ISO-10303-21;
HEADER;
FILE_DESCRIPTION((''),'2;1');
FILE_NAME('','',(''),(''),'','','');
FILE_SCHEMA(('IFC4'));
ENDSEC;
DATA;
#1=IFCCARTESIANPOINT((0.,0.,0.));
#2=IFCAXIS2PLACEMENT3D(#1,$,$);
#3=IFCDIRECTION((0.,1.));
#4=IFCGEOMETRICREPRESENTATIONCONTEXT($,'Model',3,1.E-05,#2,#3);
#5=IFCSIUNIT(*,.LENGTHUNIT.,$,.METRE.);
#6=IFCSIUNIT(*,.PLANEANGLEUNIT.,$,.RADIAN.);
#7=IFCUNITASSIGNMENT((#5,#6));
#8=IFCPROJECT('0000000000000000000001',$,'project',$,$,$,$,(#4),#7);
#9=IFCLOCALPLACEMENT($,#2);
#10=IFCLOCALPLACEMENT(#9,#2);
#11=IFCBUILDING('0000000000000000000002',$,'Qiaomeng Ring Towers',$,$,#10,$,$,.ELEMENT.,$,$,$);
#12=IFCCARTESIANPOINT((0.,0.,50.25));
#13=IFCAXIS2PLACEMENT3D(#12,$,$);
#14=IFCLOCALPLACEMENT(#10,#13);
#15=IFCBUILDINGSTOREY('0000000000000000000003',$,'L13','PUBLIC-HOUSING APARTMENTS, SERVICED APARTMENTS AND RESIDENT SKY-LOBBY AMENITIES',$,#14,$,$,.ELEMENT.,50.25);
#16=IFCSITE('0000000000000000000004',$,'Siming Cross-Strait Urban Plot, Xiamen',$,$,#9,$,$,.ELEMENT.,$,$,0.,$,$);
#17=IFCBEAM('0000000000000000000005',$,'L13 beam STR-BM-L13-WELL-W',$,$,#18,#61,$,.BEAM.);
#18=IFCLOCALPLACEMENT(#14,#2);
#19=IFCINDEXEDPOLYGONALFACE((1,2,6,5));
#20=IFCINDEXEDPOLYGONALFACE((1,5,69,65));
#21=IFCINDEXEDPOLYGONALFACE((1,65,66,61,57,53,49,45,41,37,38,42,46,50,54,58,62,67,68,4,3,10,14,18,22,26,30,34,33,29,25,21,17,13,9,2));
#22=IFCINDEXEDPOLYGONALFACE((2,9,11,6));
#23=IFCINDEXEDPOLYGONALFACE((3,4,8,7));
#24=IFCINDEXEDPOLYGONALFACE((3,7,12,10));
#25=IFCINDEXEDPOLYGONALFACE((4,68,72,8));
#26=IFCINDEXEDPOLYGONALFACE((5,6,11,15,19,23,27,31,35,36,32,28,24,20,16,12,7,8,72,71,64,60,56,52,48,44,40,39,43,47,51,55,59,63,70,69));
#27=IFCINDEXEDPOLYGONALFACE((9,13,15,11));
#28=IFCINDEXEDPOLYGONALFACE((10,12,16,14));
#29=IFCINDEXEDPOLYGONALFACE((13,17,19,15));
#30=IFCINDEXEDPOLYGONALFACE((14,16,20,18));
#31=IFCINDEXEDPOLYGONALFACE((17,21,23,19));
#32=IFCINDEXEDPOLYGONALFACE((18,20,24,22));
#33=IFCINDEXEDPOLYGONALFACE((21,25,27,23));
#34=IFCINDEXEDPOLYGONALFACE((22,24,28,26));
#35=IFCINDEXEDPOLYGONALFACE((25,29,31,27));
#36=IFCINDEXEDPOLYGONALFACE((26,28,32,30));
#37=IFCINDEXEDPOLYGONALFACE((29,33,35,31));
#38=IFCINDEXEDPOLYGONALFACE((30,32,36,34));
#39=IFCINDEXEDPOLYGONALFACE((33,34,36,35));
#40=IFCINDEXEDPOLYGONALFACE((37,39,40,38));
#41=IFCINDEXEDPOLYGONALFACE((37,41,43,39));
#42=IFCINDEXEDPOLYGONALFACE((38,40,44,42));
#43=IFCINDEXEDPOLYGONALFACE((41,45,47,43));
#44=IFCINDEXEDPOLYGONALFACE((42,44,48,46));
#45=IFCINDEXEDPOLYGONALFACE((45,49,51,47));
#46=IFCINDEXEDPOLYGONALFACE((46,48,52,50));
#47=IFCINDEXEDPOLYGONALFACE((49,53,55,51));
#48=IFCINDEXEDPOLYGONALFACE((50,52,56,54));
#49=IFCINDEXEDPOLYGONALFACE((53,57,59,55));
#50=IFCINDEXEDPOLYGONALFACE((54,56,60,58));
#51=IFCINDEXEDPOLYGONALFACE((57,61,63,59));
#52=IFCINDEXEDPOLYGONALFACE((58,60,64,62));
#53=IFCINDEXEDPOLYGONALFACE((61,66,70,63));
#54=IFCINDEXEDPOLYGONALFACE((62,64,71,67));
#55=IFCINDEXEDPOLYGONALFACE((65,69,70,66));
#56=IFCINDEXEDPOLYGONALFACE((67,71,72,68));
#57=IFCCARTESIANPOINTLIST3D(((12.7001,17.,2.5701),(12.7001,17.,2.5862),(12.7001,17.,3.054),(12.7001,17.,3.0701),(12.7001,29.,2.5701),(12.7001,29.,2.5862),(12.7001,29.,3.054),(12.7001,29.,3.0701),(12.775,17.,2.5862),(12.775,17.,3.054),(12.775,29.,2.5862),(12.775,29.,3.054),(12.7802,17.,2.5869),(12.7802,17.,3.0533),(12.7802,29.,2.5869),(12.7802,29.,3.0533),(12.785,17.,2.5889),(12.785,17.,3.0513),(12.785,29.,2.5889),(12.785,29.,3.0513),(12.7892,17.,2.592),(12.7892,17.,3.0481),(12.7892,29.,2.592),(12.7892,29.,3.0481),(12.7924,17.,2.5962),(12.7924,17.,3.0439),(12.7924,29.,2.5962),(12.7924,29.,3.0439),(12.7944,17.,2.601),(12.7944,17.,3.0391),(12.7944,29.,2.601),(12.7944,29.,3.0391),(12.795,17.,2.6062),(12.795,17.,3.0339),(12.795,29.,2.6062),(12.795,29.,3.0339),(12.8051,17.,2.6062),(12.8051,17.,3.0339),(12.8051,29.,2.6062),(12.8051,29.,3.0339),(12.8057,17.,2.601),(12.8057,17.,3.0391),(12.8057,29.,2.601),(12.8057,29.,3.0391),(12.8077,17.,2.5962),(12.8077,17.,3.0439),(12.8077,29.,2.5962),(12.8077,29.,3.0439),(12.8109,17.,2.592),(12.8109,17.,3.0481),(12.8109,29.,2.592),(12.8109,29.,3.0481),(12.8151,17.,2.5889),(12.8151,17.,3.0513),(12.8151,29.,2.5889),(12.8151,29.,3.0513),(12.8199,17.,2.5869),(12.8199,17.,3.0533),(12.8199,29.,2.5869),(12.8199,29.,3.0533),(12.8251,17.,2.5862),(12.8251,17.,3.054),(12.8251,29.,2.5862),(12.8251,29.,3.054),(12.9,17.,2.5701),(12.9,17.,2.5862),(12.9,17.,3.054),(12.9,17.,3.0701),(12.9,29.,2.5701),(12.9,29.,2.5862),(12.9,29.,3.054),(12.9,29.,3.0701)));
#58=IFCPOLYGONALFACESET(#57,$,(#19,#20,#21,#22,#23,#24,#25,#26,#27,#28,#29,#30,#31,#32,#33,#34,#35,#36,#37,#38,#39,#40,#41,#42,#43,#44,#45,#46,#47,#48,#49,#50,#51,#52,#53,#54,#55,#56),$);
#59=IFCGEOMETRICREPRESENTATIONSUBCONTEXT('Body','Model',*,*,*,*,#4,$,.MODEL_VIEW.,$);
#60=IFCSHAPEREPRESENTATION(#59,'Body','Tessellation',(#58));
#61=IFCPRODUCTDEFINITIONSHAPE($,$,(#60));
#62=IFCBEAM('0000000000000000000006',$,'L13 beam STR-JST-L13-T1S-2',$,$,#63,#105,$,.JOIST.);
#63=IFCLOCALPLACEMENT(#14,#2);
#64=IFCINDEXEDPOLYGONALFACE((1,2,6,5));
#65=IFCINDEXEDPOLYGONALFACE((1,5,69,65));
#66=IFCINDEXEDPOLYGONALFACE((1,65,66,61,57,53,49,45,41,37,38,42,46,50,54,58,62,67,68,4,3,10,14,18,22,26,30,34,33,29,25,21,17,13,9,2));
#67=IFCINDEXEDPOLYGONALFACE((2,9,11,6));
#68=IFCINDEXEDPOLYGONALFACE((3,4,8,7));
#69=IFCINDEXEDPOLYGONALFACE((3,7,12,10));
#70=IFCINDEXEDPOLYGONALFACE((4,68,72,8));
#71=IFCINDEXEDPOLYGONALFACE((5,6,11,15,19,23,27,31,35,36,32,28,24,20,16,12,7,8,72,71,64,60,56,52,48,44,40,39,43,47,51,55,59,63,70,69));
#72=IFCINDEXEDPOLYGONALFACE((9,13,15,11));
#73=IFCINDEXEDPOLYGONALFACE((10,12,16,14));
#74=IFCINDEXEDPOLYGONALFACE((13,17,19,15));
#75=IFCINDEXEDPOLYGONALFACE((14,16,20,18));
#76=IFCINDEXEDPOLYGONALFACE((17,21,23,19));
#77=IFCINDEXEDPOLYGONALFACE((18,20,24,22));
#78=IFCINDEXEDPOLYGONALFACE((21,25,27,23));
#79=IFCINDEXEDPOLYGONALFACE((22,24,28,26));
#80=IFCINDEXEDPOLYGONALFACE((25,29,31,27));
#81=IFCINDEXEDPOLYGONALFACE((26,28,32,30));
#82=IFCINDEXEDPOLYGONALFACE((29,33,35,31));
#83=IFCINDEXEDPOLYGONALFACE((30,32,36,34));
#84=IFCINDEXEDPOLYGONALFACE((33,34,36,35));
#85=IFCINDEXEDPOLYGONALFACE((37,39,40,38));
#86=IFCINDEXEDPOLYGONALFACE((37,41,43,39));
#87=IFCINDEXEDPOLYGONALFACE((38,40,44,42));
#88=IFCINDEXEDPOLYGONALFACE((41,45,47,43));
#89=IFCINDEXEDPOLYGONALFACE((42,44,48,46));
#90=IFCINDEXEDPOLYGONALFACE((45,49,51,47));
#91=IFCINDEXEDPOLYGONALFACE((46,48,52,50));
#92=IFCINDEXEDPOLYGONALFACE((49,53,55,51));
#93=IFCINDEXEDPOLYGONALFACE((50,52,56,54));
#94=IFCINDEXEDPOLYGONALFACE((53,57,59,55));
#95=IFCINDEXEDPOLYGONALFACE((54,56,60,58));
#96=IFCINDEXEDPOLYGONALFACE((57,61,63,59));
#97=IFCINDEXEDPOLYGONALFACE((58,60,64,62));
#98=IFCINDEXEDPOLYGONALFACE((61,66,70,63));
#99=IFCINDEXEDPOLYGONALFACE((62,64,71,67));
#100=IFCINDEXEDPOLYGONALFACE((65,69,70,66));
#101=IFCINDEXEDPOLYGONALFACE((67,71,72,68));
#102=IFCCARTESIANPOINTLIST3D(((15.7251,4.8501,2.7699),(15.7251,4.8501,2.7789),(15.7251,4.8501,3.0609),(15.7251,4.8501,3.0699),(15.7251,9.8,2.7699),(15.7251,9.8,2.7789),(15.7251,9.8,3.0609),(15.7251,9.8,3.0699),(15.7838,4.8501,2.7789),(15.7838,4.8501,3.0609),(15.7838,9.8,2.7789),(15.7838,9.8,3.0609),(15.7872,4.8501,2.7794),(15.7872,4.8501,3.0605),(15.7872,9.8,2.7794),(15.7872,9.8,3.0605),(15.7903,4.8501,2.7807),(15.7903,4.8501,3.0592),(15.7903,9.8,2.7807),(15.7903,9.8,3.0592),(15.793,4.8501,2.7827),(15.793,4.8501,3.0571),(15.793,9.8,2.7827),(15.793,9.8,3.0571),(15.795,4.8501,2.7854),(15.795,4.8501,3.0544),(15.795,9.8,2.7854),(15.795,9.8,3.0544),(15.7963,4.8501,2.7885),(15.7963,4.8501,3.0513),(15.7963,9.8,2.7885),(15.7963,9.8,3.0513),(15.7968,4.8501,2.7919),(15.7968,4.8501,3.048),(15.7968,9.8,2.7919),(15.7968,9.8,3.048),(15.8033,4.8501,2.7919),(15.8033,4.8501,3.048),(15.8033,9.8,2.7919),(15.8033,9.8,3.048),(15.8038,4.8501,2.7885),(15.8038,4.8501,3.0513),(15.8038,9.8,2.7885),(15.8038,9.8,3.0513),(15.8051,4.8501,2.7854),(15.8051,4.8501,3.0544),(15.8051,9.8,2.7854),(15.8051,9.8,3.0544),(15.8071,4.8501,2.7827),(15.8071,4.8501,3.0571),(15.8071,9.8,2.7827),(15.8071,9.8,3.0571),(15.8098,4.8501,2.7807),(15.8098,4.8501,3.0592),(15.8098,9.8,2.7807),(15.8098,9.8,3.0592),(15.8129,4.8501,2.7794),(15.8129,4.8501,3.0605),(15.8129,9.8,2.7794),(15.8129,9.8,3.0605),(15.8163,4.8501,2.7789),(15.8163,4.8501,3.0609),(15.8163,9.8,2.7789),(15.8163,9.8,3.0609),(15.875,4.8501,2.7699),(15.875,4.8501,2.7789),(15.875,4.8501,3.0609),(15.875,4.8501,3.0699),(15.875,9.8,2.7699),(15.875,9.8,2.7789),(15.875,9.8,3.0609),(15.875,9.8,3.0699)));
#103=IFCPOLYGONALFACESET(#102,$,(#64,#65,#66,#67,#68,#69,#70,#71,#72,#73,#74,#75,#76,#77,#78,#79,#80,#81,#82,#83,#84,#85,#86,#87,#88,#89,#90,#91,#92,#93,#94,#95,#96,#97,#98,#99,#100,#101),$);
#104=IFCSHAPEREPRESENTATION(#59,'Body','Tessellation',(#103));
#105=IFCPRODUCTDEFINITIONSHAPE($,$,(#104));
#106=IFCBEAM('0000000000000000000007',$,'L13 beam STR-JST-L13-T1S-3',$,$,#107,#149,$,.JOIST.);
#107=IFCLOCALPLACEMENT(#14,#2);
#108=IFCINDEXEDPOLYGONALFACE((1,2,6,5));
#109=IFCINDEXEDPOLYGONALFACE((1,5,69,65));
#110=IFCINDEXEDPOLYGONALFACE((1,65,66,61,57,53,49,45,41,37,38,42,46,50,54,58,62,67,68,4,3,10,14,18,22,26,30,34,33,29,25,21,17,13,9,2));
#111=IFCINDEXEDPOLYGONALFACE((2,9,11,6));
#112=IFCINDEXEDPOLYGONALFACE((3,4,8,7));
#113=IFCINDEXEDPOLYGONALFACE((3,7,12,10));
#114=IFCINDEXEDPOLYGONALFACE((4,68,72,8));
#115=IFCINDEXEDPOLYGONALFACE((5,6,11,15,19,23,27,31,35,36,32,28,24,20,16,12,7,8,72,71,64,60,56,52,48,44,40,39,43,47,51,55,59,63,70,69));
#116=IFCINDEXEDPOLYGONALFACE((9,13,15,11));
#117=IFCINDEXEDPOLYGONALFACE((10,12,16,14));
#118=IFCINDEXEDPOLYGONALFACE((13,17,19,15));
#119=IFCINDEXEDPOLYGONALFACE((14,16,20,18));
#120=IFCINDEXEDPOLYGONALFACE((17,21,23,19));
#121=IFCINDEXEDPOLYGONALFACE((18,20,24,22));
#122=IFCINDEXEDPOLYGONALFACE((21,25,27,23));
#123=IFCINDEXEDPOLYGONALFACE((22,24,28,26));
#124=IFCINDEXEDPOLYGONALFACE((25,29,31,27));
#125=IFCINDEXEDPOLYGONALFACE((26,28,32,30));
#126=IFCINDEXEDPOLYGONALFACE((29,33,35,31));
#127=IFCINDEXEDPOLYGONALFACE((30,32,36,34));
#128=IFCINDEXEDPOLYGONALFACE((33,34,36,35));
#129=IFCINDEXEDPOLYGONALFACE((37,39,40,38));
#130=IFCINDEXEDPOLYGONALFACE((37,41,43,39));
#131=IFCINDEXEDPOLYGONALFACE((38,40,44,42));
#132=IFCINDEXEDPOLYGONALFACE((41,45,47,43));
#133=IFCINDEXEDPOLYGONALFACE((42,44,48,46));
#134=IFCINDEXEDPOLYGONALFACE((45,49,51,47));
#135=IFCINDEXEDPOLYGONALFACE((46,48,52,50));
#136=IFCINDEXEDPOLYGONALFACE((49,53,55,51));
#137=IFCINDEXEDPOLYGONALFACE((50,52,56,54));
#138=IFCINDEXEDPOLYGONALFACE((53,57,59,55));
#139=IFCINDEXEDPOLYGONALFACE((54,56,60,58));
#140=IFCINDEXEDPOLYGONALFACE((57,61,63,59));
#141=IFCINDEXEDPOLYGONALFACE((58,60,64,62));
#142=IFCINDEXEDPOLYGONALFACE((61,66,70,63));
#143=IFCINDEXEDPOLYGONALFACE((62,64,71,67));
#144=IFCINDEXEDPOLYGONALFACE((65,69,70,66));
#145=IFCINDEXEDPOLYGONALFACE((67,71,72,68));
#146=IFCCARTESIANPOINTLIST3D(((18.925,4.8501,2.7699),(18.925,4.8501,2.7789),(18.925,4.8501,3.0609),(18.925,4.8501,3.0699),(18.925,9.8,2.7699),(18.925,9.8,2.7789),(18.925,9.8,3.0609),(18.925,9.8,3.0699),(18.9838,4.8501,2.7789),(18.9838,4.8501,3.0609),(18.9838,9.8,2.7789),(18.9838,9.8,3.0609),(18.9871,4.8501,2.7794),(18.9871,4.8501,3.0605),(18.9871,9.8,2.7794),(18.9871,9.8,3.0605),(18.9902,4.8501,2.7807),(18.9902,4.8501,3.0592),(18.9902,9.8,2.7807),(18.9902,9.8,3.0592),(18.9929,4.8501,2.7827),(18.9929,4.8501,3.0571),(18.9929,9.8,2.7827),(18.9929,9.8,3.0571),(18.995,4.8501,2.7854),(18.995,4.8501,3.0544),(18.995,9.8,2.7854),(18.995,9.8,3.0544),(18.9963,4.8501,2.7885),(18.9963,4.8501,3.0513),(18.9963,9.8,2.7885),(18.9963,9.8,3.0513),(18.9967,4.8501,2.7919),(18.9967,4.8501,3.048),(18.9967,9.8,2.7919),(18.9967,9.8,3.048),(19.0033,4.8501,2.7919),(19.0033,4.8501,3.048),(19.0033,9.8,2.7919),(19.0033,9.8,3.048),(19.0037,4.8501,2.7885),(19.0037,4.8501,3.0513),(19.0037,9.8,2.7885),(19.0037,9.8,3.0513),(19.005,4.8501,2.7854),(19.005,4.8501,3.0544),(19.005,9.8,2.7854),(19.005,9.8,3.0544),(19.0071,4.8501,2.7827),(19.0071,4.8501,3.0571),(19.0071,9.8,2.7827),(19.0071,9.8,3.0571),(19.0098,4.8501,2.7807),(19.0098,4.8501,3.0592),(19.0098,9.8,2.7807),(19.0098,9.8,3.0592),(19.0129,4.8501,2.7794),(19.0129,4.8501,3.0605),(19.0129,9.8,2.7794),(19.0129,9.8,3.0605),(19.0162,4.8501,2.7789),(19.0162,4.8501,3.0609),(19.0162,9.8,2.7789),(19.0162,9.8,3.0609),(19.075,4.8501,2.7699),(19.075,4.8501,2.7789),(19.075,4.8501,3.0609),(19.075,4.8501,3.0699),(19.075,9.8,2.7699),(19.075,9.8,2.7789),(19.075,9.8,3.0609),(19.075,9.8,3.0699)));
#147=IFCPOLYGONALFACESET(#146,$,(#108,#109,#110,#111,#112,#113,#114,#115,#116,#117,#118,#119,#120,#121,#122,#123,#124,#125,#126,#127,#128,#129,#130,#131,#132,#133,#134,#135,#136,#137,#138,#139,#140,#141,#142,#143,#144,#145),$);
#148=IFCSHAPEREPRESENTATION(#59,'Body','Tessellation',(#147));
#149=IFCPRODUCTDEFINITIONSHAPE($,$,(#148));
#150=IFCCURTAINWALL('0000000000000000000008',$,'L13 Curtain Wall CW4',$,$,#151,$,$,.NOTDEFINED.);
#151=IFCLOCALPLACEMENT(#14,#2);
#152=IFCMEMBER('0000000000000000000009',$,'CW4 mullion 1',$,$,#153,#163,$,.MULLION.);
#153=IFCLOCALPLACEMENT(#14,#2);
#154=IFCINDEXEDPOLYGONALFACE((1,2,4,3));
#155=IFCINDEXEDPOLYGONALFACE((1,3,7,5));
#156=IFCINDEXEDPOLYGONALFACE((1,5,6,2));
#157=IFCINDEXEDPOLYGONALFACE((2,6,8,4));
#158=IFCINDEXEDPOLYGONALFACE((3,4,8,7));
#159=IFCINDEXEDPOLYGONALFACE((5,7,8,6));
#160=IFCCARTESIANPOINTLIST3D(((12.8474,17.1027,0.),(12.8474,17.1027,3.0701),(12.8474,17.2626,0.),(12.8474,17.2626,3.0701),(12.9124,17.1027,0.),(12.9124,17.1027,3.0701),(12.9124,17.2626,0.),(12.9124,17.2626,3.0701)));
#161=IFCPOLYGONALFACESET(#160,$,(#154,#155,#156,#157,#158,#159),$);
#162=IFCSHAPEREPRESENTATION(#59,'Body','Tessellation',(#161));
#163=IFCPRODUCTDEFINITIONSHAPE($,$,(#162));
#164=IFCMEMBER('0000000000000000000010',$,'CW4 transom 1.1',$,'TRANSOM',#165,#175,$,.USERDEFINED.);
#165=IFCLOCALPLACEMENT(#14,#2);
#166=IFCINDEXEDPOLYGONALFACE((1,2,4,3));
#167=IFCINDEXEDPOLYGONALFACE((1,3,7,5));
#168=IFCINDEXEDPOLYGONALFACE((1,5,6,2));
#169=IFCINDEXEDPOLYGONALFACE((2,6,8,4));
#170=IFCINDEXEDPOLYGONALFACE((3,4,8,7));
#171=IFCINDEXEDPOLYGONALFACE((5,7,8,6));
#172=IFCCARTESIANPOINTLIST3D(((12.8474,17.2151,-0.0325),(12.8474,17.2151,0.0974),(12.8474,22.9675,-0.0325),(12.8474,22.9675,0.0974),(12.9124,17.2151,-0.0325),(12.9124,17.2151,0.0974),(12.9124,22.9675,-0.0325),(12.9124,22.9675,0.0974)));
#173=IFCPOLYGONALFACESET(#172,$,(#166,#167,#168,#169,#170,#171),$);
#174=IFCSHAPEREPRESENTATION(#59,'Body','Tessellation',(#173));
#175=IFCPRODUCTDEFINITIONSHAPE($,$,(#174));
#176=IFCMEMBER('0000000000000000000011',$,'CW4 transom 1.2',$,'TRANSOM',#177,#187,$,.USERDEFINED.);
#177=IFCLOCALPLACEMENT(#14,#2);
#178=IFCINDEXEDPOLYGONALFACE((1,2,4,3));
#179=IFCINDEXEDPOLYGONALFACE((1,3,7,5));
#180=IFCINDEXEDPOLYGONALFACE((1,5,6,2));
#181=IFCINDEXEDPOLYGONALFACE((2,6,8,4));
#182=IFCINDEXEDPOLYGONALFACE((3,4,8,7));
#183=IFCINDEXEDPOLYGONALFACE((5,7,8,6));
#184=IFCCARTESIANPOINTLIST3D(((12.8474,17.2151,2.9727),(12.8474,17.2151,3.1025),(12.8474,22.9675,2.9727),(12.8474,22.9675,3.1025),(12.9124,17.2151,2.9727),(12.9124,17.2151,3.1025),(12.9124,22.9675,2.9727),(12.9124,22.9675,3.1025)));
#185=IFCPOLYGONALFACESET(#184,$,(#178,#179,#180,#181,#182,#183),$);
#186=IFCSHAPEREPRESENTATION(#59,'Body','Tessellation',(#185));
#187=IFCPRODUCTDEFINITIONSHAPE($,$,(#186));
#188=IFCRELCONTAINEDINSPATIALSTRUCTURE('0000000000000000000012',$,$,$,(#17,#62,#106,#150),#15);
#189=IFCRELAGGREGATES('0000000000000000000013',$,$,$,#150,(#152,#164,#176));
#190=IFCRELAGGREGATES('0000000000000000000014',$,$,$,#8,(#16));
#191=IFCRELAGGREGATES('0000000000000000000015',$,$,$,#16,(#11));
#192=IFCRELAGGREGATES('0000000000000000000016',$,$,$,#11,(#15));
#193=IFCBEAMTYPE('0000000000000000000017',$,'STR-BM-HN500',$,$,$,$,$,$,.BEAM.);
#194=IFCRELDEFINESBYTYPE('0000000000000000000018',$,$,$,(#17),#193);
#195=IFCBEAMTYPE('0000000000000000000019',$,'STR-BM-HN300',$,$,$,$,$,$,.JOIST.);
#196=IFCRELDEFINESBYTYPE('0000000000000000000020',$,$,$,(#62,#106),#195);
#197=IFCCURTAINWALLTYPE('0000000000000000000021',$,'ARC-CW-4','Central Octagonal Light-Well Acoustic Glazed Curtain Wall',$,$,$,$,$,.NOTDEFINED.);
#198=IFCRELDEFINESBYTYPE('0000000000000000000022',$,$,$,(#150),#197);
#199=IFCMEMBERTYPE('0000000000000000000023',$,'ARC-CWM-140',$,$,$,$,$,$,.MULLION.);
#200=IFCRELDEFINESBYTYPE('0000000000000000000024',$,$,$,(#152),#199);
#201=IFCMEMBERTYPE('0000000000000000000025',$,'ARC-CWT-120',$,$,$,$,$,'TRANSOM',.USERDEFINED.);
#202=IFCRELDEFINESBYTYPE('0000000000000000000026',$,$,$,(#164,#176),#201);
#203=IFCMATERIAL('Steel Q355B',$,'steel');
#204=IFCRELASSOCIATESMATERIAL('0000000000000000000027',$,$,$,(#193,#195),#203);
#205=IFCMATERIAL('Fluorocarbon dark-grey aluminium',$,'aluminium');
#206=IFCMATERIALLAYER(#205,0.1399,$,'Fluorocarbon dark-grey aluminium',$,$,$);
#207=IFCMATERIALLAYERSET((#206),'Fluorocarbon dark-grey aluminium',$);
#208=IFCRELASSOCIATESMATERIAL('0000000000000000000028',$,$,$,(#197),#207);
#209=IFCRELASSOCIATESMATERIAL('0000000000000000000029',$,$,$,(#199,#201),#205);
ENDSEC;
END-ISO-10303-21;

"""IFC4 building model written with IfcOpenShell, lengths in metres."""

from ifc_helpers import new_model, si_unit, direction, frame, origin, origin_2d, place, context, subcontext, project, spatial, rectangle, i_section, extrude, source, transform, mapped, material, layer, layer_set, material_profile, profile_set, type_object, element, aggregate, save


model = new_model("IFC4")

# Units and contexts
model_context = context("Model", 3, precision=1e-05, world=origin(), true_north=direction((0.0, 1.0)))
body_context = subcontext(model_context, "Body", "Model", "MODEL_VIEW")
ifc_project = project(units=[si_unit("LENGTHUNIT", "METRE"), si_unit("PLANEANGLEUNIT", "RADIAN")], contexts=[model_context])

# Site, building, storey
site_placement = place(None, origin())
site = spatial("IfcSite", under=ifc_project, at=site_placement, Name="Siming Cross-Strait Urban Plot, Xiamen", CompositionType="ELEMENT", RefElevation=0.0)
building_placement = place(site_placement, origin())
building = spatial("IfcBuilding", under=site, at=building_placement, Name="Qiaomeng Ring Towers", CompositionType="ELEMENT")
storey_placement = place(building_placement, frame((0.0, 0.0, 50.25)))
storey = spatial("IfcBuildingStorey", under=building, at=storey_placement, Name="L13", Description="PUBLIC-HOUSING APARTMENTS, SERVICED APARTMENTS AND RESIDENT SKY-LOBBY AMENITIES", CompositionType="ELEMENT", Elevation=50.25)

# Beams
ifc_material_1 = material(Name="Steel Q355B", Category="steel")
ifc_material_profile_1 = material_profile(ifc_material_1, i_section(OverallWidth=0.2, OverallDepth=0.5, WebThickness=0.01, FlangeThickness=0.0161, FilletRadius=0.02, at=origin_2d()), Name="HN 500x200x10x16")
ifc_profile_set_1 = profile_set([ifc_material_profile_1], Name="Steel Q355B")
beam_type_1 = type_object("IfcBeamType", Name="STR-BM-HN500", PredefinedType="BEAM", material=ifc_profile_set_1)
shared_shape_1 = source(origin(), body_context, "Body", "SweptSolid", [
    extrude(i_section(OverallWidth=0.2, OverallDepth=0.5, WebThickness=0.01, FlangeThickness=0.0161, FilletRadius=0.02, at=origin_2d()), origin(), (0.0, 0.0, 1.0), 12.0),
])
beam_placement = place(storey_placement, frame((12.8, 17.0, 2.8201), z_axis=(0.0, 1.0, 0.0), x_axis=(-1.0, 0.0, 0.0)))
element("IfcBeam", 1, at=beam_placement, inside=storey, type_object=beam_type_1, Name="L13 beam STR-BM-L13-WELL-W", PredefinedType="BEAM", context=body_context, shape_type="MappedRepresentation", body=[
    mapped(shared_shape_1, transform((0.0, 0.0, 0.0), x_axis=(1.0, 0.0, 0.0), y_axis=(0.0, 1.0, 0.0), z_axis=(0.0, 0.0, 1.0), scale=1.0)),
])
ifc_material_profile_2 = material_profile(ifc_material_1, i_section(OverallWidth=0.1499, OverallDepth=0.3, WebThickness=0.0066, FlangeThickness=0.009, FilletRadius=0.0129, at=origin_2d()), Name="HN 300x150x6.5x9")
ifc_profile_set_2 = profile_set([ifc_material_profile_2], Name="Steel Q355B")
beam_type_2 = type_object("IfcBeamType", Name="STR-BM-HN300", PredefinedType="JOIST", material=ifc_profile_set_2)
shared_shape_2 = source(origin(), body_context, "Body", "SweptSolid", [
    extrude(i_section(OverallWidth=0.1499, OverallDepth=0.3, WebThickness=0.0066, FlangeThickness=0.009, FilletRadius=0.0129, at=origin_2d()), origin(), (0.0, 0.0, 1.0), 4.95),
])
for number, where, z_axis, x_axis, name in (
    (2, (15.8, 4.8501, 2.9199), (0.0, 1.0, 0.0), (-1.0, 0.0, 0.0), "L13 beam STR-JST-L13-T1S-2"),
    (3, (19.0, 4.8501, 2.9199), (0.0, 1.0, 0.0), (-1.0, 0.0, 0.0), "L13 beam STR-JST-L13-T1S-3"),
):
    element("IfcBeam", number, at=place(storey_placement, frame(where, z_axis=z_axis, x_axis=x_axis)), inside=storey, type_object=beam_type_2, Name=name, PredefinedType="JOIST", context=body_context, shape_type="MappedRepresentation", body=[
        mapped(shared_shape_2, transform((0.0, 0.0, 0.0), x_axis=(1.0, 0.0, 0.0), y_axis=(0.0, 1.0, 0.0), z_axis=(0.0, 0.0, 1.0), scale=1.0)),
    ])

# Curtain wall, members
ifc_material_2 = material(Name="Fluorocarbon dark-grey aluminium", Category="aluminium")
ifc_layer_1 = layer(ifc_material_2, 0.1399, Name="Fluorocarbon dark-grey aluminium")
ifc_layer_set_1 = layer_set([ifc_layer_1], Name="Fluorocarbon dark-grey aluminium")
curtain_wall_type = type_object("IfcCurtainWallType", Name="ARC-CW-4", Description="Central Octagonal Light-Well Acoustic Glazed Curtain Wall", PredefinedType="NOTDEFINED", material=ifc_layer_set_1)
curtain_wall_placement = place(storey_placement, origin())
curtain_wall = element("IfcCurtainWall", 4, at=curtain_wall_placement, inside=storey, type_object=curtain_wall_type, Name="L13 Curtain Wall CW4", PredefinedType="NOTDEFINED")
ifc_material_profile_3 = material_profile(ifc_material_2, rectangle(XDim=0.0649, YDim=0.1599, at=origin_2d()), Name="ALU MULL 65x160")
ifc_profile_set_3 = profile_set([ifc_material_profile_3], Name="Fluorocarbon dark-grey aluminium")
member_type_1 = type_object("IfcMemberType", Name="ARC-CWM-140", PredefinedType="MULLION", material=ifc_profile_set_3)
shared_shape_3 = source(origin(), body_context, "Body", "SweptSolid", [
    extrude(rectangle(XDim=0.0649, YDim=0.1599, at=origin_2d()), origin(), (0.0, 0.0, 1.0), 3.0701),
])
member_1_placement = place(storey_placement, frame((12.8799, 17.1826, 0.0), z_axis=(0.0, 0.0, 1.0), x_axis=(-1.0, 0.0, 0.0)))
member_1 = element("IfcMember", 5, at=member_1_placement, type_object=member_type_1, Name="CW4 mullion 1", PredefinedType="MULLION", context=body_context, shape_type="MappedRepresentation", body=[
    mapped(shared_shape_3, transform((0.0, 0.0, 0.0), x_axis=(1.0, 0.0, 0.0), y_axis=(0.0, 1.0, 0.0), z_axis=(0.0, 0.0, 1.0), scale=1.0)),
])
ifc_material_profile_4 = material_profile(ifc_material_2, rectangle(XDim=0.0649, YDim=0.1299, at=origin_2d()), Name="ALU TRAN 65x130")
ifc_profile_set_4 = profile_set([ifc_material_profile_4], Name="Fluorocarbon dark-grey aluminium")
member_type_2 = type_object("IfcMemberType", Name="ARC-CWT-120", ElementType="TRANSOM", PredefinedType="USERDEFINED", material=ifc_profile_set_4)
shared_shape_4 = source(origin(), body_context, "Body", "SweptSolid", [
    extrude(rectangle(XDim=0.0649, YDim=0.1299, at=origin_2d()), origin(), (0.0, 0.0, 1.0), 5.7524),
])
member_2_placement = place(storey_placement, frame((12.8799, 17.2151, 0.0325), z_axis=(0.0, 1.0, 0.0), x_axis=(-1.0, 0.0, 0.0)))
member_2 = element("IfcMember", 6, at=member_2_placement, type_object=member_type_2, Name="CW4 transom 1.1", ObjectType="TRANSOM", PredefinedType="USERDEFINED", context=body_context, shape_type="MappedRepresentation", body=[
    mapped(shared_shape_4, transform((0.0, 0.0, 0.0), x_axis=(1.0, 0.0, 0.0), y_axis=(0.0, 1.0, 0.0), z_axis=(0.0, 0.0, 1.0), scale=1.0)),
])
member_3_placement = place(storey_placement, frame((12.8799, 17.2151, 3.0376), z_axis=(0.0, 1.0, 0.0), x_axis=(-1.0, 0.0, 0.0)))
member_3 = element("IfcMember", 7, at=member_3_placement, type_object=member_type_2, Name="CW4 transom 1.2", ObjectType="TRANSOM", PredefinedType="USERDEFINED", context=body_context, shape_type="MappedRepresentation", body=[
    mapped(shared_shape_4, transform((0.0, 0.0, 0.0), x_axis=(1.0, 0.0, 0.0), y_axis=(0.0, 1.0, 0.0), z_axis=(0.0, 0.0, 1.0), scale=1.0)),
])
aggregate(curtain_wall, [member_1, member_2, member_3])

save(model, "model.ifc")
